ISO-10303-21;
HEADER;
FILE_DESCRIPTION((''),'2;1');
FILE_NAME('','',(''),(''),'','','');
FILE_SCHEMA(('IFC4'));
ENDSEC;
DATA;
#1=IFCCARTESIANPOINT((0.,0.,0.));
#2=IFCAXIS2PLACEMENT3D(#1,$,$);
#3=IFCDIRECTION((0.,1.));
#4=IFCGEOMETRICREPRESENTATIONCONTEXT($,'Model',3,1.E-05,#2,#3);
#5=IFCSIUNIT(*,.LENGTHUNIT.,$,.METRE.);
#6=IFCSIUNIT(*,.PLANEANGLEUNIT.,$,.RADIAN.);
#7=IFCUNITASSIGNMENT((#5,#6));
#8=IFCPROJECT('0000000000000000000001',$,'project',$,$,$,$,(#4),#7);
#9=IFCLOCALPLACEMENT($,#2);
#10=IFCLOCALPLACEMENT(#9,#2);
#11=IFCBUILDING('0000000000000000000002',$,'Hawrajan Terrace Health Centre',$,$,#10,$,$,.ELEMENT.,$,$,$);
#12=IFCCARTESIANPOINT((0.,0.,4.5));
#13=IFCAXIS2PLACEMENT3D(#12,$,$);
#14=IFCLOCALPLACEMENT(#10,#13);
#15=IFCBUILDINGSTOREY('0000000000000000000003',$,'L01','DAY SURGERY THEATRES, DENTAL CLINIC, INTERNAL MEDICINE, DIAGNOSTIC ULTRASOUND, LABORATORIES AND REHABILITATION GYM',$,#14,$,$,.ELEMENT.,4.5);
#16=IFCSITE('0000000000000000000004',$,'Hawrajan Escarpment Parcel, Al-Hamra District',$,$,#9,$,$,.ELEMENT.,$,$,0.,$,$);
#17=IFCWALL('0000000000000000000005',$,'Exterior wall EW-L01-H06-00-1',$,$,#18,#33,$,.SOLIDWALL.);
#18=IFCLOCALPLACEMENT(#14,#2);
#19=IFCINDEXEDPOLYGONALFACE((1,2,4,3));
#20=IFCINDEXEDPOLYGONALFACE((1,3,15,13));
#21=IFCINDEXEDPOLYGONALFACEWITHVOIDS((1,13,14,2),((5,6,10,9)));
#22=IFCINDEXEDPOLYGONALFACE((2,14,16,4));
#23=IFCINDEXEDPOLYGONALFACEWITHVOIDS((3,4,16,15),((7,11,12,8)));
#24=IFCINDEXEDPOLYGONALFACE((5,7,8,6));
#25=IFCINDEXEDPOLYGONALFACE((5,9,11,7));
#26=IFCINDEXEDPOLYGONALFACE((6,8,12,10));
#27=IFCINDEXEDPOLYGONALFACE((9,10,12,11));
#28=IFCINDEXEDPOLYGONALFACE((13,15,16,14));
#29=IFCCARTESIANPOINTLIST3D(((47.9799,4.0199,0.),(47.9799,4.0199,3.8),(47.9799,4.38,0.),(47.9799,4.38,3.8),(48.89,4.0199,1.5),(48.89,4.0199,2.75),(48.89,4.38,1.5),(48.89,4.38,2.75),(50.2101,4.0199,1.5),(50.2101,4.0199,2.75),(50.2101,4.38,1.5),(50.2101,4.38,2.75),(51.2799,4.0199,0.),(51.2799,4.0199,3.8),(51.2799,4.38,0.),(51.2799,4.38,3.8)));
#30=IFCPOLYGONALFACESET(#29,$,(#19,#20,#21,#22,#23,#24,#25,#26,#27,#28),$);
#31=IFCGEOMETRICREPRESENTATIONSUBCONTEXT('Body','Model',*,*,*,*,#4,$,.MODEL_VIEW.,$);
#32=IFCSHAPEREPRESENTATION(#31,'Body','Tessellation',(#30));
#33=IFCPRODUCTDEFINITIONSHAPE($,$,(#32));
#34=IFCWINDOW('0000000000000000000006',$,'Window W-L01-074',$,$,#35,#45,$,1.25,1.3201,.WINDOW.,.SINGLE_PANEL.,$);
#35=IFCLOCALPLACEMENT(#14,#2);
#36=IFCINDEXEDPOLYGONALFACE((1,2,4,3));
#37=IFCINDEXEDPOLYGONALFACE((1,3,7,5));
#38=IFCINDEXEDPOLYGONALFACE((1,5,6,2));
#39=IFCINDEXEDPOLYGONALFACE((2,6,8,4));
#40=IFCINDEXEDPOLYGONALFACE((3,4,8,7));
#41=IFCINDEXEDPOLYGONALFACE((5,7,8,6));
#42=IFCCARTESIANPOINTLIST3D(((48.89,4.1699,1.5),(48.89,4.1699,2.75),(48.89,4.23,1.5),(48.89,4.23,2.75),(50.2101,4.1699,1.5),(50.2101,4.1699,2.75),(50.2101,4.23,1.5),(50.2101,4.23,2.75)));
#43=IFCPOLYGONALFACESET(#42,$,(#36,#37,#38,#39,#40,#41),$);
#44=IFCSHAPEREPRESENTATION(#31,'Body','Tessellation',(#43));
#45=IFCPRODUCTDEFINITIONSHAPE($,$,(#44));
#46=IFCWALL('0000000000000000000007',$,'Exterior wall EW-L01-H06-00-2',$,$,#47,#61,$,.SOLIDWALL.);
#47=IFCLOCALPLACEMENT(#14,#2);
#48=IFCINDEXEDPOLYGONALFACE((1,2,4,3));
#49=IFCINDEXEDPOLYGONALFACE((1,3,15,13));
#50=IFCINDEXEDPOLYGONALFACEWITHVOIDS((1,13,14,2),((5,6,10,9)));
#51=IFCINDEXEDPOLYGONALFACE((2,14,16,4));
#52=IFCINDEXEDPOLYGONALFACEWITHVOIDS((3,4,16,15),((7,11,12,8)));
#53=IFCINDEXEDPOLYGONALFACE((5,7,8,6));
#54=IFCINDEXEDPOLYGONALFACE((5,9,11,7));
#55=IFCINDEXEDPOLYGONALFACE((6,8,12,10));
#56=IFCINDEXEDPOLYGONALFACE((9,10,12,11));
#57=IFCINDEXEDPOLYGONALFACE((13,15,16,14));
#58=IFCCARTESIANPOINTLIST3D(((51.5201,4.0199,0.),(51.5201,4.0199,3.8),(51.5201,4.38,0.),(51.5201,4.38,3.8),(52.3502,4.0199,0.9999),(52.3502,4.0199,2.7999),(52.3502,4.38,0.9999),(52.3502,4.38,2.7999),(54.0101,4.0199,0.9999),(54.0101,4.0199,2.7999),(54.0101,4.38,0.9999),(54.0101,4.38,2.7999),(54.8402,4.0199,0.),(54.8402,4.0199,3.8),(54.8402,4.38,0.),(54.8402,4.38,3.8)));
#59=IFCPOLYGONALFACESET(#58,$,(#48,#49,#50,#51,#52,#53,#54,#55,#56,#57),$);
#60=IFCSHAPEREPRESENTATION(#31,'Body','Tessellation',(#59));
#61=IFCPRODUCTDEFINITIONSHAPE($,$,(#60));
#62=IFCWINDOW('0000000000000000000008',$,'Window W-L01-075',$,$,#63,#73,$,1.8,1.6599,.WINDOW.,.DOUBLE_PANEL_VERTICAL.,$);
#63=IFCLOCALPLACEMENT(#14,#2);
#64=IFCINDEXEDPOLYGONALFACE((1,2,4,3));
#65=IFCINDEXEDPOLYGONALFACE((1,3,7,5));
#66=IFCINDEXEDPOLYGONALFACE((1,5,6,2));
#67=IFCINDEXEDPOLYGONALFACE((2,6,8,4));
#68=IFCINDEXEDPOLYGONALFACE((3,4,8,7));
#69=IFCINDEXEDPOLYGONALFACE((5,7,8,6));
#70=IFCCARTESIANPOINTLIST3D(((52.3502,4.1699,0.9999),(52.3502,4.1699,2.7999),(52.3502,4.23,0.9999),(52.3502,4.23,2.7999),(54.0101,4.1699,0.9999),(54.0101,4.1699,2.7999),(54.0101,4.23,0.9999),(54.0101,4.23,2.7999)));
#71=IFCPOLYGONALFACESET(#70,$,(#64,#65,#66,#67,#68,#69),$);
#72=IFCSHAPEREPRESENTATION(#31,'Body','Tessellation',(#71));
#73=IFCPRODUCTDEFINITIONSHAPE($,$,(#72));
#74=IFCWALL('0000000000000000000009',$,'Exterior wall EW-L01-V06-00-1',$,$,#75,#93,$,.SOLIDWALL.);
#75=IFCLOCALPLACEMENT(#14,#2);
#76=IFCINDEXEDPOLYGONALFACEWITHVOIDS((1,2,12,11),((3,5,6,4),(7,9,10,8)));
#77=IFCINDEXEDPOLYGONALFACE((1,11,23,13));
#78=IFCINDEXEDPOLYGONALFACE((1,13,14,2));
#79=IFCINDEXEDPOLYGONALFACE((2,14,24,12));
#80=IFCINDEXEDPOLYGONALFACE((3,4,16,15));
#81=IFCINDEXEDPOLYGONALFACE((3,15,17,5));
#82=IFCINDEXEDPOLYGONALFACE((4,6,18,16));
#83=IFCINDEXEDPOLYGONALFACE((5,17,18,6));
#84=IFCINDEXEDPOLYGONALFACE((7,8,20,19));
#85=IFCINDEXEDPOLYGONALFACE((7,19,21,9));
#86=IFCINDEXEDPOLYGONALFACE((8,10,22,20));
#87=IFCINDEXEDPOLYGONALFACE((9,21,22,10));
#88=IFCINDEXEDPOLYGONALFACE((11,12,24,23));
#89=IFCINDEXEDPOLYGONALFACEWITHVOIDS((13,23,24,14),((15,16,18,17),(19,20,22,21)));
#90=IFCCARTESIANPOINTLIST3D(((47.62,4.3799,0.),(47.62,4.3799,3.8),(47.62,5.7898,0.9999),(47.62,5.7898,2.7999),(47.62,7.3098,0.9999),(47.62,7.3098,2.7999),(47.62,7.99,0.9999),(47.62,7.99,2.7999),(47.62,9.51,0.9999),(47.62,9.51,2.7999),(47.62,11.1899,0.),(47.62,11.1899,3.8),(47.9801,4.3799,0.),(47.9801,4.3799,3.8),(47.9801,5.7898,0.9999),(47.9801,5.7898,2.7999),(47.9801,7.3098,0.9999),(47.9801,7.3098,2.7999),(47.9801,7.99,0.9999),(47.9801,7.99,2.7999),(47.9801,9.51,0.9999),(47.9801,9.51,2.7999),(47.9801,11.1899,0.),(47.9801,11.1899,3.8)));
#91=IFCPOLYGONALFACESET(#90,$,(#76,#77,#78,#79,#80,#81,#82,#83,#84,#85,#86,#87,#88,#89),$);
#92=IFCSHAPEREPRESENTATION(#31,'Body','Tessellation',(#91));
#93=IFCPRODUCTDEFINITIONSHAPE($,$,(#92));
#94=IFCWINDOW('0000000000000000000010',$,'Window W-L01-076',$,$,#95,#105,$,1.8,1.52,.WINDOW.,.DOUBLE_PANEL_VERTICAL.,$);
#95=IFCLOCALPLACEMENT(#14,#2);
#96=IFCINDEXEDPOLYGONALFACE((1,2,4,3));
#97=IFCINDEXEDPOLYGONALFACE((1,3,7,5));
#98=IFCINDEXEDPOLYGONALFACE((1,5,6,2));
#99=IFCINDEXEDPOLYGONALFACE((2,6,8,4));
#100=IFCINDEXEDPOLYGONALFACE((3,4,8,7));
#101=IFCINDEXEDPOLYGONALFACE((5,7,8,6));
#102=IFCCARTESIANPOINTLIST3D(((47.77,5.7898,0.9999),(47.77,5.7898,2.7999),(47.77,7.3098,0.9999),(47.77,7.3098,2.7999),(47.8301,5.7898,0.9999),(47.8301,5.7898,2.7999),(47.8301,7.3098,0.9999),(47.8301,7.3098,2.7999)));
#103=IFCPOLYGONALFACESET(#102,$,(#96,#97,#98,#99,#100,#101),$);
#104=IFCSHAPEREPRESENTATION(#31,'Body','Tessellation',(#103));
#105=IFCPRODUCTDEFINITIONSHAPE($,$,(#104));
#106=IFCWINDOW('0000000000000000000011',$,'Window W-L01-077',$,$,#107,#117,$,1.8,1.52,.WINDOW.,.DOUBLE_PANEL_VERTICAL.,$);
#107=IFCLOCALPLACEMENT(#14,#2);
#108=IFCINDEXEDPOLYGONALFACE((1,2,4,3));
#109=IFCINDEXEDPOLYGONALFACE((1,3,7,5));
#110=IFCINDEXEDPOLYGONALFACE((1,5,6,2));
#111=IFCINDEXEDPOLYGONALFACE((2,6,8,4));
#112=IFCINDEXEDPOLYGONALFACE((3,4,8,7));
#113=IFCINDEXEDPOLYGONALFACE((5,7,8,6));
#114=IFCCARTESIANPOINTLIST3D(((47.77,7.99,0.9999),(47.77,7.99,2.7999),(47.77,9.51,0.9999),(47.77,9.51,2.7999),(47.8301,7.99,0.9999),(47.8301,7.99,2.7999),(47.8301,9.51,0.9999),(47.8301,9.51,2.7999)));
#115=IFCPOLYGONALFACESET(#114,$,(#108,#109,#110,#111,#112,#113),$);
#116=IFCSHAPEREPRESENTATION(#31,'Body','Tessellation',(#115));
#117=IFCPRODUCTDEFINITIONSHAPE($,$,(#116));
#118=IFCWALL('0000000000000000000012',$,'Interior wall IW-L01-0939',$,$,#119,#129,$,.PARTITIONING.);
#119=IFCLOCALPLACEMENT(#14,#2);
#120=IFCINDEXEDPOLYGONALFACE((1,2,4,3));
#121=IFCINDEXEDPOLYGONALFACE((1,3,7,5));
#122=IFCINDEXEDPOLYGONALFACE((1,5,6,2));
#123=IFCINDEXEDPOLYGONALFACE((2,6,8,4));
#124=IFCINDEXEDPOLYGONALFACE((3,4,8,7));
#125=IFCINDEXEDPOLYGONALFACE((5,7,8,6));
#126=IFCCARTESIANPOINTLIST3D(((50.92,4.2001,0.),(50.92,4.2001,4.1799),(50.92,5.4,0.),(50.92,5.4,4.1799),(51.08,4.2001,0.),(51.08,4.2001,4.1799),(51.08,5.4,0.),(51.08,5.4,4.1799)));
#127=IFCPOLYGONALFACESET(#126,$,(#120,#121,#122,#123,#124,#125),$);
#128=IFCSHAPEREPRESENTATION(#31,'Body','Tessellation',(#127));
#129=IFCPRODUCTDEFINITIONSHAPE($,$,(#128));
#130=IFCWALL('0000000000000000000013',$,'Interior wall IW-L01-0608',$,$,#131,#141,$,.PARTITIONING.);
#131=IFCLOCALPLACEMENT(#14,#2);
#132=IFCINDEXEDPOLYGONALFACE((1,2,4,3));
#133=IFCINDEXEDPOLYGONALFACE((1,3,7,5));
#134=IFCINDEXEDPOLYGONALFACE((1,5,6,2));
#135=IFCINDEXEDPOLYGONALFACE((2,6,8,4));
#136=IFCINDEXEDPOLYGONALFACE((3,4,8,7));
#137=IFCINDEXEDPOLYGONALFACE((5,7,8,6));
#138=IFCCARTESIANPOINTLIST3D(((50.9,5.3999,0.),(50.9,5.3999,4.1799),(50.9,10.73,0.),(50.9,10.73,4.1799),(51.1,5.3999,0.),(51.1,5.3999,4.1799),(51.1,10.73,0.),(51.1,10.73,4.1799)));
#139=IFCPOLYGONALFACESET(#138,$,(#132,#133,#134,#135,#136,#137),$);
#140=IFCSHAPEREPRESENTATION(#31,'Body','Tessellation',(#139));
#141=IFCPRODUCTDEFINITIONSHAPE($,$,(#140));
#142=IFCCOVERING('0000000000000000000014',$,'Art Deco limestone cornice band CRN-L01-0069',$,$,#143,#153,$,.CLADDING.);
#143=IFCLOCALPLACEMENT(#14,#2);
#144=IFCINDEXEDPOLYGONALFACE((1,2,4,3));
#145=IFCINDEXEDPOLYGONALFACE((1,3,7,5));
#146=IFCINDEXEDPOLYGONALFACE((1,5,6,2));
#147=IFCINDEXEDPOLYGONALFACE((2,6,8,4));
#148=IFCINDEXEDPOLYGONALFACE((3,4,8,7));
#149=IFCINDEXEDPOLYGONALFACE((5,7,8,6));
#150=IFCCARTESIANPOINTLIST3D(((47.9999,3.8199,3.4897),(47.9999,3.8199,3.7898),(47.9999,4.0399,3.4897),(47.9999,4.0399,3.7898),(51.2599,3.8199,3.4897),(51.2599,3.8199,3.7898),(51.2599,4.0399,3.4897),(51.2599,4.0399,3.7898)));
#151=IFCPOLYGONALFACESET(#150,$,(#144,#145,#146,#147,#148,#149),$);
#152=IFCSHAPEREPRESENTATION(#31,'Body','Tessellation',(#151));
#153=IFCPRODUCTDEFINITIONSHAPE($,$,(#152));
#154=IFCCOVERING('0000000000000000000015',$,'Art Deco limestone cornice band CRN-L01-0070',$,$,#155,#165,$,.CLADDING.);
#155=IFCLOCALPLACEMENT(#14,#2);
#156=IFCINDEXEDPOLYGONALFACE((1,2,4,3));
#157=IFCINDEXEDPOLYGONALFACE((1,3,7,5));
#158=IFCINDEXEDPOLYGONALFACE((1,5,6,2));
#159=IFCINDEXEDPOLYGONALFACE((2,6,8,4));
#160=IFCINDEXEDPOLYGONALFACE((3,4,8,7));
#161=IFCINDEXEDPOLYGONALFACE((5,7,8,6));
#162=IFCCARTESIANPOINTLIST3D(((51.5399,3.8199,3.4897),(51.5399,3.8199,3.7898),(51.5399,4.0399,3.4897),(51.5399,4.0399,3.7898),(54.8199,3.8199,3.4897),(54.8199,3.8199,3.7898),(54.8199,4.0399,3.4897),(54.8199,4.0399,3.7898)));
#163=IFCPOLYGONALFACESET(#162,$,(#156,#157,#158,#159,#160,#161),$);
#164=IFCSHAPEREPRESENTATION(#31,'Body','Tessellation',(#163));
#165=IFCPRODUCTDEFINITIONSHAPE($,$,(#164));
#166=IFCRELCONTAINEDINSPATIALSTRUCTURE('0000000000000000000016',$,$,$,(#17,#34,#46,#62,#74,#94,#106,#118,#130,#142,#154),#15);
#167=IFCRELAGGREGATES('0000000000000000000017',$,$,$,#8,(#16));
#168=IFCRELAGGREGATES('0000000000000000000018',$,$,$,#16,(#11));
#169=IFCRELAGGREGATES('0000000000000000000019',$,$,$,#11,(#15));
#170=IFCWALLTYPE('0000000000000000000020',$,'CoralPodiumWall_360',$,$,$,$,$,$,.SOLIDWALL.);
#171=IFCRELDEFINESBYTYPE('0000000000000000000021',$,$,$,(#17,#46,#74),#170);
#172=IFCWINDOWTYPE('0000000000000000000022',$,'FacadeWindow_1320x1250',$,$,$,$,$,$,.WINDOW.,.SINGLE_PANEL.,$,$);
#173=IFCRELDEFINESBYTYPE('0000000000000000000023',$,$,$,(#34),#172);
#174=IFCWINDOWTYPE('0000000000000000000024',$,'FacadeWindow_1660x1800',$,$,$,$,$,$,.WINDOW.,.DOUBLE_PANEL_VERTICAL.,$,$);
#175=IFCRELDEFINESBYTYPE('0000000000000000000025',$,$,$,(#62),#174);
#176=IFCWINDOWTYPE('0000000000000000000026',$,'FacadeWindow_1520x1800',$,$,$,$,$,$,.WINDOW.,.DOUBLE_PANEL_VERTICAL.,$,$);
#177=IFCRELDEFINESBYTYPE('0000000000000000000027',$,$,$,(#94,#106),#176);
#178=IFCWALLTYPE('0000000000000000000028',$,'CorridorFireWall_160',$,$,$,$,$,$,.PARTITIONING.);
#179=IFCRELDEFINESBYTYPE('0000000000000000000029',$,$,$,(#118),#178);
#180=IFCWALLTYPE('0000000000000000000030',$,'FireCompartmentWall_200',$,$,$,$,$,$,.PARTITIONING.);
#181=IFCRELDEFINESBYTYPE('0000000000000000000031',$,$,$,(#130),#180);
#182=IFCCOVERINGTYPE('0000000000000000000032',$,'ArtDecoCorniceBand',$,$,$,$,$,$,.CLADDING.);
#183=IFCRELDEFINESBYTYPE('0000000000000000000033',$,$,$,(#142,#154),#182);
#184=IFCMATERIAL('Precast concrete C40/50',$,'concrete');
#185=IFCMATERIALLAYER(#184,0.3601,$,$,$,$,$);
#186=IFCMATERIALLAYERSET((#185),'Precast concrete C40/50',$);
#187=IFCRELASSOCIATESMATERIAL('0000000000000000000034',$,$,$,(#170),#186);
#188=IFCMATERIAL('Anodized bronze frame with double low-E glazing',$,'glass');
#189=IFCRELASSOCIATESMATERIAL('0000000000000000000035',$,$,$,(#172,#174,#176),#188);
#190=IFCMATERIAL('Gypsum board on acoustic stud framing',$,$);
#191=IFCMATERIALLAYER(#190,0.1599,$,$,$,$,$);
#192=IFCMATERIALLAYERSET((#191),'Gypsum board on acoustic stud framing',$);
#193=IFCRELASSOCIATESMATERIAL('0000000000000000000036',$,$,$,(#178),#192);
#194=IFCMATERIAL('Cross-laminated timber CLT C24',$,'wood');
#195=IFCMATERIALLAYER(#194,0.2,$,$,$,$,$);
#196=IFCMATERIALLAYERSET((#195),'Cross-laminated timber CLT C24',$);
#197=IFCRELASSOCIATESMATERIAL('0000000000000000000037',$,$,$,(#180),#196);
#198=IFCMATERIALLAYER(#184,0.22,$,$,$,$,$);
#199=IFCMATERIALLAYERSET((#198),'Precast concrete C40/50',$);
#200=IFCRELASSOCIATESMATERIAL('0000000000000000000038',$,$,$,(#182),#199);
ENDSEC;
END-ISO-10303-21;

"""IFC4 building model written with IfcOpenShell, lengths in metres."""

from ifc_helpers import new_model, si_unit, direction, frame, frame_2d, origin, origin_2d, place, context, subcontext, project, spatial, rectangle, extrude, material, layer, layer_set, type_object, element, fill, save


model = new_model("IFC4")

# Units and contexts
model_context = context("Model", 3, precision=1e-05, world=origin(), true_north=direction((0.0, 1.0)))
body_context = subcontext(model_context, "Body", "Model", "MODEL_VIEW")
ifc_project = project(units=[si_unit("LENGTHUNIT", "METRE"), si_unit("PLANEANGLEUNIT", "RADIAN")], contexts=[model_context])

# Site, building, storey
site_placement = place(None, origin())
site = spatial("IfcSite", under=ifc_project, at=site_placement, Name="Hawrajan Escarpment Parcel, Al-Hamra District", CompositionType="ELEMENT", RefElevation=0.0)
building_placement = place(site_placement, origin())
building = spatial("IfcBuilding", under=site, at=building_placement, Name="Hawrajan Terrace Health Centre", CompositionType="ELEMENT")
storey_placement = place(building_placement, frame((0.0, 0.0, 4.5)))
storey = spatial("IfcBuildingStorey", under=building, at=storey_placement, Name="L01", Description="DAY SURGERY THEATRES, DENTAL CLINIC, INTERNAL MEDICINE, DIAGNOSTIC ULTRASOUND, LABORATORIES AND REHABILITATION GYM", CompositionType="ELEMENT", Elevation=4.5)

# Walls, openings, windows
ifc_material_1 = material(Name="Precast concrete C40/50", Category="concrete")
ifc_layer_1 = layer(ifc_material_1, 0.3601)
ifc_layer_set_1 = layer_set([ifc_layer_1], Name="Precast concrete C40/50")
wall_type_1 = type_object("IfcWallType", Name="CoralPodiumWall_360", PredefinedType="SOLIDWALL", material=ifc_layer_set_1)
wall_1_placement = place(storey_placement, frame((47.98, 4.2, 0.0), z_axis=(0.0, 0.0, 1.0), x_axis=(1.0, 0.0, 0.0)))
wall_1 = element("IfcWall", 1, at=wall_1_placement, inside=storey, type_object=wall_type_1, Name="Exterior wall EW-L01-H06-00-1", PredefinedType="SOLIDWALL", context=body_context, shape_type="SweptSolid", body=[
    extrude(rectangle(XDim=3.3, YDim=0.3601, at=frame_2d((1.6499, 0.0))), origin(), (0.0, 0.0, 1.0), 3.8),
])
opening_1_placement = place(wall_1_placement, frame((0.9099, 0.0, 1.5)))
opening_1 = element("IfcOpeningElement", 2, at=opening_1_placement, cuts=wall_1, PredefinedType="OPENING", context=body_context, shape_type="SweptSolid", body=[
    extrude(rectangle(XDim=1.3201, YDim=1.25, at=frame_2d((0.6602, 0.625))), frame((0.0, 0.1899, 0.0), z_axis=(0.0, -1.0, 0.0), x_axis=(1.0, 0.0, 0.0)), (0.0, 0.0, 1.0), 0.3801),
])
ifc_material_2 = material(Name="Anodized bronze frame with double low-E glazing", Category="glass")
window_type_1 = type_object("IfcWindowType", Name="FacadeWindow_1320x1250", PartitioningType="SINGLE_PANEL", PredefinedType="WINDOW", material=ifc_material_2)
window_1_placement = place(opening_1_placement, origin())
window_1 = element("IfcWindow", 3, at=window_1_placement, inside=storey, type_object=window_type_1, Name="Window W-L01-074", OverallHeight=1.25, OverallWidth=1.3201, PartitioningType="SINGLE_PANEL", PredefinedType="WINDOW", context=body_context, shape_type="SweptSolid", body=[
    extrude(rectangle(XDim=1.3201, YDim=1.25, at=frame_2d((0.6602, 0.625))), frame((0.0, 0.03, 0.0), z_axis=(0.0, -1.0, 0.0), x_axis=(1.0, 0.0, 0.0)), (0.0, 0.0, 1.0), 0.0601),
])
fill(opening_1, window_1)
wall_2_placement = place(storey_placement, frame((51.52, 4.2, 0.0), z_axis=(0.0, 0.0, 1.0), x_axis=(1.0, 0.0, 0.0)))
wall_2 = element("IfcWall", 4, at=wall_2_placement, inside=storey, type_object=wall_type_1, Name="Exterior wall EW-L01-H06-00-2", PredefinedType="SOLIDWALL", context=body_context, shape_type="SweptSolid", body=[
    extrude(rectangle(XDim=3.3201, YDim=0.3601, at=frame_2d((1.6602, 0.0))), origin(), (0.0, 0.0, 1.0), 3.8),
])
opening_2_placement = place(wall_2_placement, frame((0.8301, 0.0, 1.0)))
opening_2 = element("IfcOpeningElement", 5, at=opening_2_placement, cuts=wall_2, PredefinedType="OPENING", context=body_context, shape_type="SweptSolid", body=[
    extrude(rectangle(XDim=1.6599, YDim=1.8, at=frame_2d((0.8301, 0.8999))), frame((0.0, 0.1899, 0.0), z_axis=(0.0, -1.0, 0.0), x_axis=(1.0, 0.0, 0.0)), (0.0, 0.0, 1.0), 0.3801),
])
window_type_2 = type_object("IfcWindowType", Name="FacadeWindow_1660x1800", PartitioningType="DOUBLE_PANEL_VERTICAL", PredefinedType="WINDOW", material=ifc_material_2)
window_2_placement = place(opening_2_placement, origin())
window_2 = element("IfcWindow", 6, at=window_2_placement, inside=storey, type_object=window_type_2, Name="Window W-L01-075", OverallHeight=1.8, OverallWidth=1.6599, PartitioningType="DOUBLE_PANEL_VERTICAL", PredefinedType="WINDOW", context=body_context, shape_type="SweptSolid", body=[
    extrude(rectangle(XDim=1.6599, YDim=1.8, at=frame_2d((0.8301, 0.8999))), frame((0.0, 0.03, 0.0), z_axis=(0.0, -1.0, 0.0), x_axis=(1.0, 0.0, 0.0)), (0.0, 0.0, 1.0), 0.0601),
])
fill(opening_2, window_2)

# Wall, openings, windows
wall_3_placement = place(storey_placement, frame((47.8, 4.3799, 0.0), z_axis=(0.0, 0.0, 1.0), x_axis=(0.0, 1.0, 0.0)))
wall_3 = element("IfcWall", 7, at=wall_3_placement, inside=storey, type_object=wall_type_1, Name="Exterior wall EW-L01-V06-00-1", PredefinedType="SOLIDWALL", context=body_context, shape_type="SweptSolid", body=[
    extrude(rectangle(XDim=6.8101, YDim=0.3601, at=frame_2d((3.405, 0.0))), origin(), (0.0, 0.0, 1.0), 3.8),
])
opening_3_placement = place(wall_3_placement, frame((1.4099, 0.0, 1.0)))
opening_3 = element("IfcOpeningElement", 8, at=opening_3_placement, cuts=wall_3, PredefinedType="OPENING", context=body_context, shape_type="SweptSolid", body=[
    extrude(rectangle(XDim=1.52, YDim=1.8, at=frame_2d((0.76, 0.8999))), frame((0.0, 0.1899, 0.0), z_axis=(0.0, -1.0, 0.0), x_axis=(1.0, 0.0, 0.0)), (0.0, 0.0, 1.0), 0.3801),
])
opening_4_placement = place(wall_3_placement, frame((3.6101, 0.0, 1.0)))
opening_4 = element("IfcOpeningElement", 9, at=opening_4_placement, cuts=wall_3, PredefinedType="OPENING", context=body_context, shape_type="SweptSolid", body=[
    extrude(rectangle(XDim=1.52, YDim=1.8, at=frame_2d((0.76, 0.8999))), frame((0.0, 0.1899, 0.0), z_axis=(0.0, -1.0, 0.0), x_axis=(1.0, 0.0, 0.0)), (0.0, 0.0, 1.0), 0.3801),
])
window_type_3 = type_object("IfcWindowType", Name="FacadeWindow_1520x1800", PartitioningType="DOUBLE_PANEL_VERTICAL", PredefinedType="WINDOW", material=ifc_material_2)
window_3_placement = place(opening_3_placement, origin())
window_3 = element("IfcWindow", 10, at=window_3_placement, inside=storey, type_object=window_type_3, Name="Window W-L01-076", OverallHeight=1.8, OverallWidth=1.52, PartitioningType="DOUBLE_PANEL_VERTICAL", PredefinedType="WINDOW", context=body_context, shape_type="SweptSolid", body=[
    extrude(rectangle(XDim=1.52, YDim=1.8, at=frame_2d((0.76, 0.8999))), frame((0.0, 0.03, 0.0), z_axis=(0.0, -1.0, 0.0), x_axis=(1.0, 0.0, 0.0)), (0.0, 0.0, 1.0), 0.0601),
])
fill(opening_3, window_3)
window_4_placement = place(opening_4_placement, origin())
window_4 = element("IfcWindow", 11, at=window_4_placement, inside=storey, type_object=window_type_3, Name="Window W-L01-077", OverallHeight=1.8, OverallWidth=1.52, PartitioningType="DOUBLE_PANEL_VERTICAL", PredefinedType="WINDOW", context=body_context, shape_type="SweptSolid", body=[
    extrude(rectangle(XDim=1.52, YDim=1.8, at=frame_2d((0.76, 0.8999))), frame((0.0, 0.03, 0.0), z_axis=(0.0, -1.0, 0.0), x_axis=(1.0, 0.0, 0.0)), (0.0, 0.0, 1.0), 0.0601),
])
fill(opening_4, window_4)

# Walls
ifc_material_3 = material(Name="Gypsum board on acoustic stud framing")
ifc_layer_2 = layer(ifc_material_3, 0.1599)
ifc_layer_set_2 = layer_set([ifc_layer_2], Name="Gypsum board on acoustic stud framing")
wall_type_2 = type_object("IfcWallType", Name="CorridorFireWall_160", PredefinedType="PARTITIONING", material=ifc_layer_set_2)
wall_4_placement = place(storey_placement, frame((51.0, 4.2, 0.0), z_axis=(0.0, 0.0, 1.0), x_axis=(0.0, 1.0, 0.0)))
element("IfcWall", 12, at=wall_4_placement, inside=storey, type_object=wall_type_2, Name="Interior wall IW-L01-0939", PredefinedType="PARTITIONING", context=body_context, shape_type="SweptSolid", body=[
    extrude(rectangle(XDim=1.2, YDim=0.1599, at=frame_2d((0.6001, 0.0))), origin(), (0.0, 0.0, 1.0), 4.1799),
])
ifc_material_4 = material(Name="Cross-laminated timber CLT C24", Category="wood")
ifc_layer_3 = layer(ifc_material_4, 0.2)
ifc_layer_set_3 = layer_set([ifc_layer_3], Name="Cross-laminated timber CLT C24")
wall_type_3 = type_object("IfcWallType", Name="FireCompartmentWall_200", PredefinedType="PARTITIONING", material=ifc_layer_set_3)
wall_5_placement = place(storey_placement, frame((51.0, 5.3999, 0.0), z_axis=(0.0, 0.0, 1.0), x_axis=(0.0, 1.0, 0.0)))
element("IfcWall", 13, at=wall_5_placement, inside=storey, type_object=wall_type_3, Name="Interior wall IW-L01-0608", PredefinedType="PARTITIONING", context=body_context, shape_type="SweptSolid", body=[
    extrude(rectangle(XDim=5.3301, YDim=0.2, at=frame_2d((2.665, 0.0))), origin(), (0.0, 0.0, 1.0), 4.1799),
])

# Coverings
ifc_layer_4 = layer(ifc_material_1, 0.22)
ifc_layer_set_4 = layer_set([ifc_layer_4], Name="Precast concrete C40/50")
covering_type_1 = type_object("IfcCoveringType", Name="ArtDecoCorniceBand", PredefinedType="CLADDING", material=ifc_layer_set_4)
covering_1_placement = place(storey_placement, frame((49.6299, 3.9299, 3.4897), z_axis=(0.0, 0.0, 1.0), x_axis=(1.0, 0.0, 0.0)))
element("IfcCovering", 14, at=covering_1_placement, inside=storey, type_object=covering_type_1, Name="Art Deco limestone cornice band CRN-L01-0069", PredefinedType="CLADDING", context=body_context, shape_type="SweptSolid", body=[
    extrude(rectangle(XDim=3.26, YDim=0.22, at=origin_2d()), origin(), (0.0, 0.0, 1.0), 0.3),
])
covering_2_placement = place(storey_placement, frame((53.1799, 3.9299, 3.4897), z_axis=(0.0, 0.0, 1.0), x_axis=(1.0, 0.0, 0.0)))
element("IfcCovering", 15, at=covering_2_placement, inside=storey, type_object=covering_type_1, Name="Art Deco limestone cornice band CRN-L01-0070", PredefinedType="CLADDING", context=body_context, shape_type="SweptSolid", body=[
    extrude(rectangle(XDim=3.28, YDim=0.22, at=origin_2d()), origin(), (0.0, 0.0, 1.0), 0.3),
])

save(model, "model.ifc")
